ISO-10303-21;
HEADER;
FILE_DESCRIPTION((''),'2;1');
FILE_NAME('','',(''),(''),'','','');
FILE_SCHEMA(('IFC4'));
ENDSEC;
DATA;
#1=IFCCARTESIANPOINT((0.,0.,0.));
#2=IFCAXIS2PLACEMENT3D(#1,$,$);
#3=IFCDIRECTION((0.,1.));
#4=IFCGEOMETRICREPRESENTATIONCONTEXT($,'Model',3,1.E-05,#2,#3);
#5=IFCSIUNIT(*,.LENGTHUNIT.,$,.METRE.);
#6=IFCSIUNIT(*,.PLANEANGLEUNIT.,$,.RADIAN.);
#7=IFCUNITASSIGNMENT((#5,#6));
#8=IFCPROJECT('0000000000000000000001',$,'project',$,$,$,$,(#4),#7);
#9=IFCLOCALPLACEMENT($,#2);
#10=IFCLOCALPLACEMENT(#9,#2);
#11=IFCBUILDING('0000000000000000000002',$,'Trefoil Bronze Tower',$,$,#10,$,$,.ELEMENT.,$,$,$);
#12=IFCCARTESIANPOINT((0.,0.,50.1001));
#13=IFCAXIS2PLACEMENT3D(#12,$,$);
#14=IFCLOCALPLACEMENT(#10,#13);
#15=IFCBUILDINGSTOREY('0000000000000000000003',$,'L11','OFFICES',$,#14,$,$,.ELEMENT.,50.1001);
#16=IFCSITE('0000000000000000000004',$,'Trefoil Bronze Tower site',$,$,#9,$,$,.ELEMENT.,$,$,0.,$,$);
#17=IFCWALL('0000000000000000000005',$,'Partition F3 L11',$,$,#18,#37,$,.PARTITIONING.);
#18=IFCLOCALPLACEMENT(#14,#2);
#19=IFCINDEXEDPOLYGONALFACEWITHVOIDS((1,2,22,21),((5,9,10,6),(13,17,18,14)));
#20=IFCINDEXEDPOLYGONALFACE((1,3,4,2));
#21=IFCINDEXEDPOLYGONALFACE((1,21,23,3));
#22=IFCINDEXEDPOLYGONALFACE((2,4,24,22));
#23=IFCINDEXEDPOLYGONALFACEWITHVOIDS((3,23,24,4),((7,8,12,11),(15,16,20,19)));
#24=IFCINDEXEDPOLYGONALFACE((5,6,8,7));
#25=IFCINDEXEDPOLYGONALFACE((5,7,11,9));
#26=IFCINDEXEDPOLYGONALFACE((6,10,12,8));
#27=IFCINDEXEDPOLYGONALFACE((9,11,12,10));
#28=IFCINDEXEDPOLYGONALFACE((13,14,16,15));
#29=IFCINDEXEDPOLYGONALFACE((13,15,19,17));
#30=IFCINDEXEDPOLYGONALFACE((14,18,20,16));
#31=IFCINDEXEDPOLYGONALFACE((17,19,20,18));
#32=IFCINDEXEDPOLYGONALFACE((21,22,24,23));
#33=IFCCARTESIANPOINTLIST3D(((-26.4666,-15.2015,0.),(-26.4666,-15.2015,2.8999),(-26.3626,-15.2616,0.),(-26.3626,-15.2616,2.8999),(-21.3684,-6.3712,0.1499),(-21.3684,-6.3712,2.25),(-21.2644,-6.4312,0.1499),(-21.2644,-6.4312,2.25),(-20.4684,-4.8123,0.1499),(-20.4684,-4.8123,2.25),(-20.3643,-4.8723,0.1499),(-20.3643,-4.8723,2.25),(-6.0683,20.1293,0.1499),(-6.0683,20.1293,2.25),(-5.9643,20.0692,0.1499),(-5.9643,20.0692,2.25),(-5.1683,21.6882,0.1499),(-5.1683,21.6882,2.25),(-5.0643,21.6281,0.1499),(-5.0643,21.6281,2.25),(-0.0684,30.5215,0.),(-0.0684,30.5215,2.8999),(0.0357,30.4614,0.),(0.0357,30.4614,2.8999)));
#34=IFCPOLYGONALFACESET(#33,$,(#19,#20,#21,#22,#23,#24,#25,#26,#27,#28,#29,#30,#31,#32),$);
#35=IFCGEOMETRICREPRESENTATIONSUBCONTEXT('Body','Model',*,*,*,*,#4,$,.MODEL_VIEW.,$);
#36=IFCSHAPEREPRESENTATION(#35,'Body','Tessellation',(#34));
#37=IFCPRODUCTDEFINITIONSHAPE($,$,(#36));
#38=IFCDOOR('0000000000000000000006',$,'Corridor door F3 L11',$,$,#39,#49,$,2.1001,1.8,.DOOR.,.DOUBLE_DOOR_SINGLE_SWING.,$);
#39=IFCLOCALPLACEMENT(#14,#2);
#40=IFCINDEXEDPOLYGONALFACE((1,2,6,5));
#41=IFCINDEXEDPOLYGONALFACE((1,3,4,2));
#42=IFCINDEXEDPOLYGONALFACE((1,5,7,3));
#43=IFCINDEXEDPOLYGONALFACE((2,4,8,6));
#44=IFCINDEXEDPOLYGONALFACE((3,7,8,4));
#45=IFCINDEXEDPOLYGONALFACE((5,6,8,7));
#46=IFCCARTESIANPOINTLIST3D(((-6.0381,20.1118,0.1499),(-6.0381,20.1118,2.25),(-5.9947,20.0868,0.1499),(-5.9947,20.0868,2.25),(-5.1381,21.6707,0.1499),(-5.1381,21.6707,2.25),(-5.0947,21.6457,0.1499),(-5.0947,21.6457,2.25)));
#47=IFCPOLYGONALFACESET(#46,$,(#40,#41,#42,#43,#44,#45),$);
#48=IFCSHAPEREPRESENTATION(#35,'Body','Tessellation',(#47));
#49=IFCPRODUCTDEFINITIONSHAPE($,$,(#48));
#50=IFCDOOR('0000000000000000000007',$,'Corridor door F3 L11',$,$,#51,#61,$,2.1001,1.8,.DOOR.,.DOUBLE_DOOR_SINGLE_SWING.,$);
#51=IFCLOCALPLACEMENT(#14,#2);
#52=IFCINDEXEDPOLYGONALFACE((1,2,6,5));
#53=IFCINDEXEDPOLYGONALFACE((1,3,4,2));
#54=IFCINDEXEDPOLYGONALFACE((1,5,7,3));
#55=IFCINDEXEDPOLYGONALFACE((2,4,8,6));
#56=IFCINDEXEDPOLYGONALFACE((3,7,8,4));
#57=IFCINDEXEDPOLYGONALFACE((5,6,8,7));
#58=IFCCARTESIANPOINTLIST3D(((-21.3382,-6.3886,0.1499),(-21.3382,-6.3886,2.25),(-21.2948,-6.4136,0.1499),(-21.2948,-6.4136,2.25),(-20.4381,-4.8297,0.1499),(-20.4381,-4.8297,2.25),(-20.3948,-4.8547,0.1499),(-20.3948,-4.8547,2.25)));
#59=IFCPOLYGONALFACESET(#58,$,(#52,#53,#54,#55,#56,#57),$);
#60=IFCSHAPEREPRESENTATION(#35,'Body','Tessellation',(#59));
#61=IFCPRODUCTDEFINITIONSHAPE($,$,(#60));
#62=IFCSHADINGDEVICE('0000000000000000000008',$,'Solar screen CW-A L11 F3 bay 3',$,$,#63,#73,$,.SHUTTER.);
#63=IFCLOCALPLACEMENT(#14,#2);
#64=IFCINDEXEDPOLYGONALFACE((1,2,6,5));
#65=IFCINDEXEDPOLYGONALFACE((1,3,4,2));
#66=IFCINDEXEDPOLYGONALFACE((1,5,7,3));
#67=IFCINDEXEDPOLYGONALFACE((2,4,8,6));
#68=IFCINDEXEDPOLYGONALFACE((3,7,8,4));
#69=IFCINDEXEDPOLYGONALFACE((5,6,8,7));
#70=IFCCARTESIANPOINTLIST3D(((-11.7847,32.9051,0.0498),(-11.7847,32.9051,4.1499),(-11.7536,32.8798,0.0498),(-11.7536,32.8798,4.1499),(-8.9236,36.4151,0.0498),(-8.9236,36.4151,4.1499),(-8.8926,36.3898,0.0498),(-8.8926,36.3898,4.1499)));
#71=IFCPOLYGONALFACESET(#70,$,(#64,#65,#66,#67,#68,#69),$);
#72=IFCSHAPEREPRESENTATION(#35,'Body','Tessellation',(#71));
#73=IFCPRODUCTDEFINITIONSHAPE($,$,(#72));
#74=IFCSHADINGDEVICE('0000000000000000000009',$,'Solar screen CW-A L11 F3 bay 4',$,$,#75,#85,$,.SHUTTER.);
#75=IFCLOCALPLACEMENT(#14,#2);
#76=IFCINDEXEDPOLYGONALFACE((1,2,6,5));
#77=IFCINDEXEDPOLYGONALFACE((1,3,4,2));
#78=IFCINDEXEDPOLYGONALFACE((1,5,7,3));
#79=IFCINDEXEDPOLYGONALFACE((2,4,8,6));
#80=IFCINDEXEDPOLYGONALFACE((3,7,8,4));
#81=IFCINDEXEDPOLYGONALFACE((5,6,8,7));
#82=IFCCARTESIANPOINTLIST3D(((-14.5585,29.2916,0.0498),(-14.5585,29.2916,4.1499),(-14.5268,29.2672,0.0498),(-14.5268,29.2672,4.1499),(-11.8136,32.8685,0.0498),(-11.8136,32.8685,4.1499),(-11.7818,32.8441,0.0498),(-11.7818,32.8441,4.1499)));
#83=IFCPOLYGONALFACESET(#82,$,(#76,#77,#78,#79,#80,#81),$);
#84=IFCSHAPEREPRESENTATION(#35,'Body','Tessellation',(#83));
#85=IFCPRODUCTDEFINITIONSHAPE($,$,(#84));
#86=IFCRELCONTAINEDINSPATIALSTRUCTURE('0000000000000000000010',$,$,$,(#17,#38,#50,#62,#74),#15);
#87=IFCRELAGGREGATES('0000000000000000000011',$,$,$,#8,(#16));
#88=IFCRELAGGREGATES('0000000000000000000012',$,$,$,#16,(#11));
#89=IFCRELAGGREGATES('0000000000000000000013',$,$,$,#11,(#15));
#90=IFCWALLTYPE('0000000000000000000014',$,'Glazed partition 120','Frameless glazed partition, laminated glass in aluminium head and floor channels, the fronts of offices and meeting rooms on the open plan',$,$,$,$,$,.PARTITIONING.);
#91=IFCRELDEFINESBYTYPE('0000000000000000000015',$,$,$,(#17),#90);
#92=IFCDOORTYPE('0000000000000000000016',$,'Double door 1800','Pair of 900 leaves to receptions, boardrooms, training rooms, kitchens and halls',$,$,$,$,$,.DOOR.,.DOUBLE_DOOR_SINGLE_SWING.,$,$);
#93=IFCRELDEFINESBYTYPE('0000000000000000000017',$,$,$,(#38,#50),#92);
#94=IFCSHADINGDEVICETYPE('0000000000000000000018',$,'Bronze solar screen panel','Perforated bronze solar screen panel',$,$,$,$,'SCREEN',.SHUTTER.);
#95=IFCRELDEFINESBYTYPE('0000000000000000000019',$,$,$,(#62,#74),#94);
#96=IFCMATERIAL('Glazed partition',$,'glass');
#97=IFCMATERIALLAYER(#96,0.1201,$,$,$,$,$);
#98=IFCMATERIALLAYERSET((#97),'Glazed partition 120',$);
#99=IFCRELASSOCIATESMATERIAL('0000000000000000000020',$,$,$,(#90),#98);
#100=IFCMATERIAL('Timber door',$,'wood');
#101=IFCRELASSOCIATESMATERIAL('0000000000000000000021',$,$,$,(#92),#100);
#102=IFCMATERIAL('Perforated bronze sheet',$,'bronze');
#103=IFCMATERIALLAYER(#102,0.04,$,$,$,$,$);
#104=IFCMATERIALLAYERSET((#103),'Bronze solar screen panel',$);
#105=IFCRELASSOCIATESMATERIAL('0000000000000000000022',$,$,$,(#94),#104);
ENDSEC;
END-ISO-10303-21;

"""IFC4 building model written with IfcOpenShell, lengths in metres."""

from ifc_helpers import new_model, si_unit, direction, frame, frame_2d, origin, origin_2d, place, context, subcontext, project, spatial, rectangle, extrude, material, layer, layer_set, type_object, element, fill, save


model = new_model("IFC4")

# Units and contexts
model_context = context("Model", 3, precision=1e-05, world=origin(), true_north=direction((0.0, 1.0)))
body_context = subcontext(model_context, "Body", "Model", "MODEL_VIEW")
ifc_project = project(units=[si_unit("LENGTHUNIT", "METRE"), si_unit("PLANEANGLEUNIT", "RADIAN")], contexts=[model_context])

# Site, building, storey
site_placement = place(None, origin())
site = spatial("IfcSite", under=ifc_project, at=site_placement, Name="Trefoil Bronze Tower site", CompositionType="ELEMENT", RefElevation=0.0)
building_placement = place(site_placement, origin())
building = spatial("IfcBuilding", under=site, at=building_placement, Name="Trefoil Bronze Tower", CompositionType="ELEMENT")
storey_placement = place(building_placement, frame((0.0, 0.0, 50.1001)))
storey = spatial("IfcBuildingStorey", under=building, at=storey_placement, Name="L11", Description="OFFICES", CompositionType="ELEMENT", Elevation=50.1001)

# Wall, openings, doors
ifc_material_1 = material(Name="Glazed partition", Category="glass")
ifc_layer_1 = layer(ifc_material_1, 0.1201)
ifc_layer_set_1 = layer_set([ifc_layer_1], Name="Glazed partition 120")
wall_type = type_object("IfcWallType", Name="Glazed partition 120", Description="Frameless glazed partition, laminated glass in aluminium head and floor channels, the fronts of offices and meeting rooms on the open plan", PredefinedType="PARTITIONING", material=ifc_layer_set_1)
wall_placement = place(storey_placement, frame((-0.0164, 30.4915, 0.0), z_axis=(0.0, 0.0, 1.0), x_axis=(-0.500001, -0.866025, 0.0)))
wall = element("IfcWall", 1, at=wall_placement, inside=storey, type_object=wall_type, Name="Partition F3 L11", PredefinedType="PARTITIONING", context=body_context, shape_type="SweptSolid", body=[
    extrude(rectangle(XDim=52.7964, YDim=0.1201, at=frame_2d((26.3982, 0.0))), origin(), (0.0, 0.0, 1.0), 2.8999),
])
opening_1_placement = place(wall_placement, frame((10.2, 0.0, 0.1499)))
opening_1 = element("IfcOpeningElement", 2, at=opening_1_placement, cuts=wall, PredefinedType="OPENING", context=body_context, shape_type="SweptSolid", body=[
    extrude(rectangle(XDim=1.8, YDim=2.1001, at=frame_2d((0.8999, 1.05))), frame((0.0, 0.0701, 0.0), z_axis=(0.0, -1.0, 0.0), x_axis=(1.0, 0.0, 0.0)), (0.0, 0.0, 1.0), 0.1401),
])
opening_2_placement = place(wall_placement, frame((40.8, 0.0, 0.1499)))
opening_2 = element("IfcOpeningElement", 3, at=opening_2_placement, cuts=wall, PredefinedType="OPENING", context=body_context, shape_type="SweptSolid", body=[
    extrude(rectangle(XDim=1.8, YDim=2.1001, at=frame_2d((0.8999, 1.05))), frame((0.0, 0.0701, 0.0), z_axis=(0.0, -1.0, 0.0), x_axis=(1.0, 0.0, 0.0)), (0.0, 0.0, 1.0), 0.1401),
])
ifc_material_2 = material(Name="Timber door", Category="wood")
door_type = type_object("IfcDoorType", Name="Double door 1800", Description="Pair of 900 leaves to receptions, boardrooms, training rooms, kitchens and halls", OperationType="DOUBLE_DOOR_SINGLE_SWING", PredefinedType="DOOR", material=ifc_material_2)
door_1_placement = place(opening_1_placement, origin())
door_1 = element("IfcDoor", 4, at=door_1_placement, inside=storey, type_object=door_type, Name="Corridor door F3 L11", OperationType="DOUBLE_DOOR_SINGLE_SWING", OverallHeight=2.1001, OverallWidth=1.8, PredefinedType="DOOR", context=body_context, shape_type="SweptSolid", body=[
    extrude(rectangle(XDim=1.8, YDim=2.1001, at=frame_2d((0.8999, 1.05))), frame((0.0, 0.0249, 0.0), z_axis=(0.0, -1.0, 0.0), x_axis=(1.0, 0.0, 0.0)), (0.0, 0.0, 1.0), 0.05),
])
fill(opening_1, door_1)
door_2_placement = place(opening_2_placement, origin())
door_2 = element("IfcDoor", 5, at=door_2_placement, inside=storey, type_object=door_type, Name="Corridor door F3 L11", OperationType="DOUBLE_DOOR_SINGLE_SWING", OverallHeight=2.1001, OverallWidth=1.8, PredefinedType="DOOR", context=body_context, shape_type="SweptSolid", body=[
    extrude(rectangle(XDim=1.8, YDim=2.1001, at=frame_2d((0.8999, 1.05))), frame((0.0, 0.0249, 0.0), z_axis=(0.0, -1.0, 0.0), x_axis=(1.0, 0.0, 0.0)), (0.0, 0.0, 1.0), 0.05),
])
fill(opening_2, door_2)

# Shading devices
ifc_material_3 = material(Name="Perforated bronze sheet", Category="bronze")
ifc_layer_2 = layer(ifc_material_3, 0.04)
ifc_layer_set_2 = layer_set([ifc_layer_2], Name="Bronze solar screen panel")
shading_device_type = type_object("IfcShadingDeviceType", Name="Bronze solar screen panel", Description="Perforated bronze solar screen panel", ElementType="SCREEN", PredefinedType="SHUTTER", material=ifc_layer_set_2)
shading_device_1_placement = place(storey_placement, frame((-10.3386, 34.6475, 0.0498), z_axis=(0.0, 0.0, 1.0), x_axis=(-0.631811, -0.775123, 0.0)))
element("IfcShadingDevice", 6, at=shading_device_1_placement, inside=storey, type_object=shading_device_type, Name="Solar screen CW-A L11 F3 bay 3", PredefinedType="SHUTTER", context=body_context, shape_type="SweptSolid", body=[
    extrude(rectangle(XDim=4.5283, YDim=0.04, at=origin_2d()), origin(), (0.0, 0.0, 1.0), 4.1001),
])
shading_device_2_placement = place(storey_placement, frame((-13.1702, 31.0679, 0.0498), z_axis=(0.0, 0.0, 1.0), x_axis=(-0.608808, -0.793318, 0.0)))
element("IfcShadingDevice", 7, at=shading_device_2_placement, inside=storey, type_object=shading_device_type, Name="Solar screen CW-A L11 F3 bay 4", PredefinedType="SHUTTER", context=body_context, shape_type="SweptSolid", body=[
    extrude(rectangle(XDim=4.5088, YDim=0.04, at=origin_2d()), origin(), (0.0, 0.0, 1.0), 4.1001),
])

save(model, "model.ifc")
